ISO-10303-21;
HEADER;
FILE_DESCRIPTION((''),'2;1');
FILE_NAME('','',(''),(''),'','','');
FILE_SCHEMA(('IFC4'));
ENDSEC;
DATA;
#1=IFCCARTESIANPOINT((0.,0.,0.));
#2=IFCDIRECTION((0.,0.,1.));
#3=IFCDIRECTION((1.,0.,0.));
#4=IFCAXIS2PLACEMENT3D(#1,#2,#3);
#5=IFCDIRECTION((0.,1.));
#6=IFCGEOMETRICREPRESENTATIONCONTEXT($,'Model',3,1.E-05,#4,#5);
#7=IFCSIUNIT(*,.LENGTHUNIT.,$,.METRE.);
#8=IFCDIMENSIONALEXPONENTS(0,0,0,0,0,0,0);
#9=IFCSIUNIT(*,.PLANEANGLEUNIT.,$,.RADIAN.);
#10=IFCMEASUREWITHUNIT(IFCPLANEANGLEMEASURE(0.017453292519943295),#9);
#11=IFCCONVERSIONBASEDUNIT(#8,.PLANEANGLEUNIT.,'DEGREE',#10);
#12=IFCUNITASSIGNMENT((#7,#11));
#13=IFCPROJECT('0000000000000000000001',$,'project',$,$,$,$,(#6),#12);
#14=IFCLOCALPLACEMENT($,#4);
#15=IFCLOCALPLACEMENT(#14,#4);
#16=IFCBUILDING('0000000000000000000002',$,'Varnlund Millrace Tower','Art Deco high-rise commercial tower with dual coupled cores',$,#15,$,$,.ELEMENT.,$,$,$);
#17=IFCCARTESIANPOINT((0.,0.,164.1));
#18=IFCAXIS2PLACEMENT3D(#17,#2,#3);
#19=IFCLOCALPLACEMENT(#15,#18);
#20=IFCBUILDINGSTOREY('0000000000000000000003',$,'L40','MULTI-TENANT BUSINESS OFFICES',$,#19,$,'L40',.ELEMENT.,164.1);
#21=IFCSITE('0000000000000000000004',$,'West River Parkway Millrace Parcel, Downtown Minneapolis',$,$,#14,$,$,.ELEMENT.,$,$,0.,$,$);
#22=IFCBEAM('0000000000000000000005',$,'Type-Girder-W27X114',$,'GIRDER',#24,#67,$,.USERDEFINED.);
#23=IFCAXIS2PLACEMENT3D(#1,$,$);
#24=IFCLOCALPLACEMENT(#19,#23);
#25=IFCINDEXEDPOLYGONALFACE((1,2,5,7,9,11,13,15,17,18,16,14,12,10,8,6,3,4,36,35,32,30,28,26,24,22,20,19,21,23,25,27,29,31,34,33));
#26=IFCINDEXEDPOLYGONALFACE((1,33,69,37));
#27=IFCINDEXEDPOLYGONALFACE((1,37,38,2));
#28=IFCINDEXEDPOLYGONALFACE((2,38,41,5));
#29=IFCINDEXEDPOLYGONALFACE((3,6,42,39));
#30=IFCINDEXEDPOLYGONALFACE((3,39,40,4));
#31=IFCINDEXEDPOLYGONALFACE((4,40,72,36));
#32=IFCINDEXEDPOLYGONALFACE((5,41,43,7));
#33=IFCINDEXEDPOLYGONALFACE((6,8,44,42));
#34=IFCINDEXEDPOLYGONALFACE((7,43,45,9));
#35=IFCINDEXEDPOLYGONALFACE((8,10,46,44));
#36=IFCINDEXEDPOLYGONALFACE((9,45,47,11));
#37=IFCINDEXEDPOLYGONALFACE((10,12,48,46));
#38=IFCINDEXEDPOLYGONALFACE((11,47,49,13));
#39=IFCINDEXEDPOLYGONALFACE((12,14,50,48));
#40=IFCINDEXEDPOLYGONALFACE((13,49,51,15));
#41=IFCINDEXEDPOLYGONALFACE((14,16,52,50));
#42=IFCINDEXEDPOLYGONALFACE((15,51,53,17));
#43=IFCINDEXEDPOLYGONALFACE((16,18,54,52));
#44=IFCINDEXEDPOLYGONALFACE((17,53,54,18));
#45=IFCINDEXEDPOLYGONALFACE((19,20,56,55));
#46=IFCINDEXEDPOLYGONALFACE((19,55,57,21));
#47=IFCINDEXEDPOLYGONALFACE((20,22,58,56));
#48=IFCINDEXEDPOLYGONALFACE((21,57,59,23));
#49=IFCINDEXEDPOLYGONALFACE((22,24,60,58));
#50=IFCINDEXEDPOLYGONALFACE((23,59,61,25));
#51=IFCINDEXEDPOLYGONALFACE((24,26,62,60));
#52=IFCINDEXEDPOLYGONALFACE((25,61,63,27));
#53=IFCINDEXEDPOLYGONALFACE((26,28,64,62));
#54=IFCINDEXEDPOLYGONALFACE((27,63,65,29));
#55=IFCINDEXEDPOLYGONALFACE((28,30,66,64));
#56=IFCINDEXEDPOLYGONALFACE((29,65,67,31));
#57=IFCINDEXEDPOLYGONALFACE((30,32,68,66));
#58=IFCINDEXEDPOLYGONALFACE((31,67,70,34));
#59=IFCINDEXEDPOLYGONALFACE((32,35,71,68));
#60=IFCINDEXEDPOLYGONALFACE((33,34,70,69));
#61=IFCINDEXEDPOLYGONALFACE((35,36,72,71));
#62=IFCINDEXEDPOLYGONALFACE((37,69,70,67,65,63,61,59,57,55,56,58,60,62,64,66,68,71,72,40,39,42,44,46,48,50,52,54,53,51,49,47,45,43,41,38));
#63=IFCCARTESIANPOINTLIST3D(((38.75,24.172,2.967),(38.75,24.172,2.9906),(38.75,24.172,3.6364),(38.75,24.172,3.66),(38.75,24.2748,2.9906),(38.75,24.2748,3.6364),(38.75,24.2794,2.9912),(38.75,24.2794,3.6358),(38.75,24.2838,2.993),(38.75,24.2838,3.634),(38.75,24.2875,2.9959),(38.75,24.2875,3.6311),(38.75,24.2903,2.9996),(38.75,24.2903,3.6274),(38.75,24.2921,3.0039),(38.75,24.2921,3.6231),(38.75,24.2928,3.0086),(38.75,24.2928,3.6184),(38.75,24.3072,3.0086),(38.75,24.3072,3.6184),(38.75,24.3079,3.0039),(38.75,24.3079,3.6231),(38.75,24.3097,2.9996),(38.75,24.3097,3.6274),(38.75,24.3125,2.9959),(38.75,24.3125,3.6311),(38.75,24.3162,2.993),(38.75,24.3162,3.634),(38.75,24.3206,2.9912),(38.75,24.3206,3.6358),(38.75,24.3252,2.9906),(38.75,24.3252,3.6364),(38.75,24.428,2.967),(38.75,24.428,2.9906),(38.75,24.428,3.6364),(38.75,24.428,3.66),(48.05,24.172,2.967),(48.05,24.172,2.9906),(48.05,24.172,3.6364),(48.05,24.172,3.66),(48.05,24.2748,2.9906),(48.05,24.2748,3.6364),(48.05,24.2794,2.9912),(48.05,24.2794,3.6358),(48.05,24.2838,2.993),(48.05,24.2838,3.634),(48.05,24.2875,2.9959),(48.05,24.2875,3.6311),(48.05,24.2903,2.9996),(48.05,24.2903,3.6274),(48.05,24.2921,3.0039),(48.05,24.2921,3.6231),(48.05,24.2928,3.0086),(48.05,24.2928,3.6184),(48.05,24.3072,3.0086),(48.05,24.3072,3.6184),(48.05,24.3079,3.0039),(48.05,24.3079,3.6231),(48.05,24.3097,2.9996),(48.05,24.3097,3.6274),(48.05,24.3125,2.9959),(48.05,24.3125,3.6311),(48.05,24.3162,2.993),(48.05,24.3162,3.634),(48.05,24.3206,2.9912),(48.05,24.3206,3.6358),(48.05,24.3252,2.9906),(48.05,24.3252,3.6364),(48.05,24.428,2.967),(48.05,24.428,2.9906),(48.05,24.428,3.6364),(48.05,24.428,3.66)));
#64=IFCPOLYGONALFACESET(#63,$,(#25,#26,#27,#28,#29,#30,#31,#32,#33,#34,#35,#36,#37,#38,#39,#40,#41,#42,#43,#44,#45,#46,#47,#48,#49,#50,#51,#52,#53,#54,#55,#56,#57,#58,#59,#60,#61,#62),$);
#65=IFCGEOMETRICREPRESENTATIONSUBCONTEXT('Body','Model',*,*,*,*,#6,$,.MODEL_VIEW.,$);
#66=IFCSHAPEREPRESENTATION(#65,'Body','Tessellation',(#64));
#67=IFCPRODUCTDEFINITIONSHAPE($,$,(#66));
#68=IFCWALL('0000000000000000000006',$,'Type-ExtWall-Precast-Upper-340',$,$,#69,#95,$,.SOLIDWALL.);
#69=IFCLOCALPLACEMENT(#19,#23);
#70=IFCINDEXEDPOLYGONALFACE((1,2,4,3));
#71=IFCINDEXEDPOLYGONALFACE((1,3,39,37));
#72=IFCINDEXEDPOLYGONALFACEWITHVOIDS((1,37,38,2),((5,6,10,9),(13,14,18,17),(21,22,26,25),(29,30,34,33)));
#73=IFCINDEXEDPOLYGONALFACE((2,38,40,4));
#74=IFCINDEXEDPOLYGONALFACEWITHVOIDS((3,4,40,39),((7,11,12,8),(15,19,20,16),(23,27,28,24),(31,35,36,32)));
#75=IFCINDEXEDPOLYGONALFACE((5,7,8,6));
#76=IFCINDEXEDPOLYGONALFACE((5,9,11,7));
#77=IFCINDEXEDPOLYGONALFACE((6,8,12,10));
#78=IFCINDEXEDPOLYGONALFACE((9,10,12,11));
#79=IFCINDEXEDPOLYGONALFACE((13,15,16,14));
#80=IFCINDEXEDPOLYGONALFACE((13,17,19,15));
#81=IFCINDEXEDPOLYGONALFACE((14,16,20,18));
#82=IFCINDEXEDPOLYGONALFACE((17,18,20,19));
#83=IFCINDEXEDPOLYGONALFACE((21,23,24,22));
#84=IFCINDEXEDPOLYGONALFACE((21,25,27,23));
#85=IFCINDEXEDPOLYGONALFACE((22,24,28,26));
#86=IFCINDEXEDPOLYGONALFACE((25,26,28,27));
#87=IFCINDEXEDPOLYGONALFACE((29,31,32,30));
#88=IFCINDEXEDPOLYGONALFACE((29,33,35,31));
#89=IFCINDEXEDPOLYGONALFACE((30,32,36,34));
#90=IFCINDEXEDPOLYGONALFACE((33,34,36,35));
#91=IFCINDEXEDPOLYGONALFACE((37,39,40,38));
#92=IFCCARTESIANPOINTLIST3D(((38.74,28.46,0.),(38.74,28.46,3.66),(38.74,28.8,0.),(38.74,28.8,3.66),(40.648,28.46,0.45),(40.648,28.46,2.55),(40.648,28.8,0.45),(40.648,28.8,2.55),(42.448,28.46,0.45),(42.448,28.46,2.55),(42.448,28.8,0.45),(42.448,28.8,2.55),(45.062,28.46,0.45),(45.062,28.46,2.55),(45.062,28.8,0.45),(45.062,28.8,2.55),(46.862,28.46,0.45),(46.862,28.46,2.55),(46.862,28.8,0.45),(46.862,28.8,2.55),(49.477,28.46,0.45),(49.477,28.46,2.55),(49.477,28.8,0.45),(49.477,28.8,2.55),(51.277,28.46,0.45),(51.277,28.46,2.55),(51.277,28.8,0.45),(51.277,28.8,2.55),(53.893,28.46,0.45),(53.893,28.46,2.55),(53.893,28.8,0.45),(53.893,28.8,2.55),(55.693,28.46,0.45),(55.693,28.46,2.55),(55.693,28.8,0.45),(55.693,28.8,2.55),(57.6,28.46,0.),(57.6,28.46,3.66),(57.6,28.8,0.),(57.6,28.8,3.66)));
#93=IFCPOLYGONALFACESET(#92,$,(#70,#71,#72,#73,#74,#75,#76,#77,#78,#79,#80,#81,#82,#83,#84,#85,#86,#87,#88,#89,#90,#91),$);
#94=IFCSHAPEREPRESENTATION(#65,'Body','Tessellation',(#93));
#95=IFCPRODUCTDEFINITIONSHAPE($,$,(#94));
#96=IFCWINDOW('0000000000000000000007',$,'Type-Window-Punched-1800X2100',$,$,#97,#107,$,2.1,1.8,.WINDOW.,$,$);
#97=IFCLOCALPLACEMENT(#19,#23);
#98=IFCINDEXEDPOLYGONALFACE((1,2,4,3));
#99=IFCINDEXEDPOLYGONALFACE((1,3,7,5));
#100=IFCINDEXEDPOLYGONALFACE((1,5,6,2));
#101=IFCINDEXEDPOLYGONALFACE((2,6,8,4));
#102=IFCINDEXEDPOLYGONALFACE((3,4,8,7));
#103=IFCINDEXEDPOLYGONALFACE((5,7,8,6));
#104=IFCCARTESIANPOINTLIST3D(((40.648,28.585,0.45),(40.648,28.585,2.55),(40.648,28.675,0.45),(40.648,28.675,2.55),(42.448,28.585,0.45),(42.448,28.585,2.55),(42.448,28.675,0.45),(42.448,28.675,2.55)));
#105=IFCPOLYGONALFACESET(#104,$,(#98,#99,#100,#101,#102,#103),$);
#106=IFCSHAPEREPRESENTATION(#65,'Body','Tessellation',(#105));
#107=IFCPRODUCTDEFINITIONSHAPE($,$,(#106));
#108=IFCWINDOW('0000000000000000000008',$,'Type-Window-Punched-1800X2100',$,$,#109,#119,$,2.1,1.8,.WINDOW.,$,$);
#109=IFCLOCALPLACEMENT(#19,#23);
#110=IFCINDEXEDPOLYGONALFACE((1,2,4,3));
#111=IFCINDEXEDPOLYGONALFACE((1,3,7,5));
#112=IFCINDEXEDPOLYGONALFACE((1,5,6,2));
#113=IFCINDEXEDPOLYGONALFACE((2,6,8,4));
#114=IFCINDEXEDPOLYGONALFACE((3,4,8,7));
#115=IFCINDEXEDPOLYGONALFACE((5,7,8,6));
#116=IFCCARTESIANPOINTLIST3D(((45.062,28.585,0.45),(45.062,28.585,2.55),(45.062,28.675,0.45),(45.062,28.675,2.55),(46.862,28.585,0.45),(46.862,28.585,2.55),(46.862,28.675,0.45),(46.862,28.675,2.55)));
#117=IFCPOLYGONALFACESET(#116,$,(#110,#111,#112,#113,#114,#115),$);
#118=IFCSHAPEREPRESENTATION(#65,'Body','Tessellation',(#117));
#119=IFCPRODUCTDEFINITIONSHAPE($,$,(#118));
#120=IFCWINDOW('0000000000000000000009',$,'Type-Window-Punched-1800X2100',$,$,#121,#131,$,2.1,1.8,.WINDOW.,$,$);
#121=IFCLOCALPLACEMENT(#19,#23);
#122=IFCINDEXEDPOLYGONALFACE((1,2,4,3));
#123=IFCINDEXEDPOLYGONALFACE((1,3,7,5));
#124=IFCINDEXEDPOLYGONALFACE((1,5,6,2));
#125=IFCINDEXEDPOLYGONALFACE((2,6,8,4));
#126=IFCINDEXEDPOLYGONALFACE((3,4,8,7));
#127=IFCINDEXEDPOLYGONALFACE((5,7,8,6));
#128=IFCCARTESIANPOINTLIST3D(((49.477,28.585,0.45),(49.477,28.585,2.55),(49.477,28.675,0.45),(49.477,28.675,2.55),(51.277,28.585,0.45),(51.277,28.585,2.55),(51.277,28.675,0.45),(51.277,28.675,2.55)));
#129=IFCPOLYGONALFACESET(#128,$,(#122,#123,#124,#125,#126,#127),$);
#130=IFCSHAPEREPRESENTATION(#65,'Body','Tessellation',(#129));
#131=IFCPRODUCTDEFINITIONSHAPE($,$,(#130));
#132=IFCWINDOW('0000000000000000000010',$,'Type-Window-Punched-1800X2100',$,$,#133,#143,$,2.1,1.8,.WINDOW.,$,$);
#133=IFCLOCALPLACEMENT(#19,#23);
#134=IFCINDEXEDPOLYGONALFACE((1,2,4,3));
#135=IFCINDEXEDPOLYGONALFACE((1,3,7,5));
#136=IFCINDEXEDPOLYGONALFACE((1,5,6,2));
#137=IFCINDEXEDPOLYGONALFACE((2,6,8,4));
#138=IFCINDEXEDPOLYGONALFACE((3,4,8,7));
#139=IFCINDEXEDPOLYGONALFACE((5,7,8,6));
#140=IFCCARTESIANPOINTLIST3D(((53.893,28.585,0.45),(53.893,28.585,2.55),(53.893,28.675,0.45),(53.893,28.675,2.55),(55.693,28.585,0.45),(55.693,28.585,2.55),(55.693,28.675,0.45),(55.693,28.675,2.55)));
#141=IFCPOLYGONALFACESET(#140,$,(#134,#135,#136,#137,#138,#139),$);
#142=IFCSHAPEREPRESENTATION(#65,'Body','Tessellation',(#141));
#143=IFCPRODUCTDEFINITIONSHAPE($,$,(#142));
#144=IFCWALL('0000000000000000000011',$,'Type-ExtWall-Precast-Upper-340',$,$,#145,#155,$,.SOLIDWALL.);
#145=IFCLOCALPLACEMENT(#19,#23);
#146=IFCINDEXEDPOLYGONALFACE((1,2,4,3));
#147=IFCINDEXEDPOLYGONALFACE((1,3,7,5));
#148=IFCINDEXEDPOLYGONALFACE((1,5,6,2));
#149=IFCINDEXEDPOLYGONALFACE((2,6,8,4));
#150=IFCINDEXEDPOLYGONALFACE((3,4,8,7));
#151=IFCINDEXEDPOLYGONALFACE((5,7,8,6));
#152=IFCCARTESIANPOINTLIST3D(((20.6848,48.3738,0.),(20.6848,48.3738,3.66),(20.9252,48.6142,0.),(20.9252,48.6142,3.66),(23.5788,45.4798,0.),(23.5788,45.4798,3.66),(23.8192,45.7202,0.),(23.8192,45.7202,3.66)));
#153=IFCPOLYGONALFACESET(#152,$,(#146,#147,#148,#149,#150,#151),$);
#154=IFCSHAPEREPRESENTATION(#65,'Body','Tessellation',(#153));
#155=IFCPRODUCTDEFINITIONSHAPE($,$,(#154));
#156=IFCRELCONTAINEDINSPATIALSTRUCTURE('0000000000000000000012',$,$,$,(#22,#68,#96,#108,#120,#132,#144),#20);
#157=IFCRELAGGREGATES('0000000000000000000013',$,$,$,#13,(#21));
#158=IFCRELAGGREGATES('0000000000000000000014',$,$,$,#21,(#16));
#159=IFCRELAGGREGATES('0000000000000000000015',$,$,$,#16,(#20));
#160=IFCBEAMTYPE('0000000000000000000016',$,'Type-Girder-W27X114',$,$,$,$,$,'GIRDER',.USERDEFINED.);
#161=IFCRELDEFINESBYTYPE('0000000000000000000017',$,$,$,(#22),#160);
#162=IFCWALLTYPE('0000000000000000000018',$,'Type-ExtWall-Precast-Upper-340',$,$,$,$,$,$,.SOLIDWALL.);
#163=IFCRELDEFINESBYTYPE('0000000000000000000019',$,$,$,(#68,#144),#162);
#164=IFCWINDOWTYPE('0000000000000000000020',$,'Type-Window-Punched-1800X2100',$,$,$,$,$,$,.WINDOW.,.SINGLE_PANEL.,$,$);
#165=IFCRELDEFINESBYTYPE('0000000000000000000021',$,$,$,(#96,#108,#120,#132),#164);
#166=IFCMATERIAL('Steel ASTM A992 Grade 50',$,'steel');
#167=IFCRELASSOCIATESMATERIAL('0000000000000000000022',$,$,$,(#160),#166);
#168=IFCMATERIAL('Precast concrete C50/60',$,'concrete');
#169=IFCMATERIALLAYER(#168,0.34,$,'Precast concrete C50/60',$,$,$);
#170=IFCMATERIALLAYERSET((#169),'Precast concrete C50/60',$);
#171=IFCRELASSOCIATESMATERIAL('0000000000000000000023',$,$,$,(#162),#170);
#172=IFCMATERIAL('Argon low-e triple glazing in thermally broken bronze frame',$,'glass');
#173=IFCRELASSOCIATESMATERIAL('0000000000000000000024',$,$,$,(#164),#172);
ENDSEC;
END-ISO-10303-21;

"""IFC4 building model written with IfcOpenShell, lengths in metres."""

from ifc_helpers import new_model, entity, si_unit, converted_unit, direction, frame, origin_with_axes, origin_2d_with_axis, place, context, subcontext, project, spatial, polyline, rectangle, i_section, outline, extrude, material, layer, layer_set, material_profile, profile_set, type_object, element, fill, save


model = new_model("IFC4")

# Units and contexts
model_context = context("Model", 3, precision=1e-05, world=origin_with_axes(), true_north=direction((0.0, 1.0)))
body_context = subcontext(model_context, "Body", "Model", "MODEL_VIEW")
ifc_project = project(units=[si_unit("LENGTHUNIT", "METRE"), converted_unit("PLANEANGLEUNIT", "DEGREE", entity("IfcPlaneAngleMeasure", 0.017453292519943295), si_unit("PLANEANGLEUNIT", "RADIAN"), dimensions=[0, 0, 0, 0, 0, 0, 0])], contexts=[model_context])

# Site, building, storey
site_placement = place(None, origin_with_axes())
site = spatial("IfcSite", under=ifc_project, at=site_placement, Name="West River Parkway Millrace Parcel, Downtown Minneapolis", CompositionType="ELEMENT", RefElevation=0.0)
building_placement = place(site_placement, origin_with_axes())
building = spatial("IfcBuilding", under=site, at=building_placement, Name="Varnlund Millrace Tower", Description="Art Deco high-rise commercial tower with dual coupled cores", CompositionType="ELEMENT")
storey_placement = place(building_placement, frame((0.0, 0.0, 164.1), z_axis=(0.0, 0.0, 1.0), x_axis=(1.0, 0.0, 0.0)))
storey = spatial("IfcBuildingStorey", under=building, at=storey_placement, Name="L40", Description="MULTI-TENANT BUSINESS OFFICES", LongName="L40", CompositionType="ELEMENT", Elevation=164.1)

# Beam
ifc_material_1 = material(Name="Steel ASTM A992 Grade 50", Category="steel")
ifc_material_profile_1 = material_profile(ifc_material_1, i_section(OverallWidth=0.256, OverallDepth=0.693, WebThickness=0.0145, FlangeThickness=0.0236, FilletRadius=0.018, at=origin_2d_with_axis()), Name="Steel ASTM A992 Grade 50")
ifc_profile_set_1 = profile_set([ifc_material_profile_1], Name="Steel ASTM A992 Grade 50")
beam_type_1 = type_object("IfcBeamType", Name="Type-Girder-W27X114", ElementType="GIRDER", PredefinedType="USERDEFINED", material=ifc_profile_set_1)
beam_1_placement = place(storey_placement, frame((38.75, 24.3, 3.3135), z_axis=(1.0, 0.0, 0.0), x_axis=(0.0, 1.0, 0.0)))
element("IfcBeam", 1, at=beam_1_placement, inside=storey, type_object=beam_type_1, Name="Type-Girder-W27X114", ObjectType="GIRDER", PredefinedType="USERDEFINED", context=body_context, shape_type="SweptSolid", body=[
    extrude(i_section(OverallWidth=0.256, OverallDepth=0.693, WebThickness=0.0145, FlangeThickness=0.0236, FilletRadius=0.018, at=origin_2d_with_axis()), origin_with_axes(), (0.0, 0.0, 1.0), 9.3),
])

# Wall, openings, windows
ifc_material_2 = material(Name="Precast concrete C50/60", Category="concrete")
ifc_layer_1 = layer(ifc_material_2, 0.34, Name="Precast concrete C50/60")
ifc_layer_set_1 = layer_set([ifc_layer_1], Name="Precast concrete C50/60")
wall_type_1 = type_object("IfcWallType", Name="Type-ExtWall-Precast-Upper-340", PredefinedType="SOLIDWALL", material=ifc_layer_set_1)
wall_1_placement = place(storey_placement, frame((38.74, 28.63, 0.0), z_axis=(0.0, 0.0, 1.0), x_axis=(1.0, 0.0, 0.0)))
wall_1 = element("IfcWall", 2, at=wall_1_placement, inside=storey, type_object=wall_type_1, Name="Type-ExtWall-Precast-Upper-340", PredefinedType="SOLIDWALL", context=body_context, shape_type="SweptSolid", body=[
    extrude(outline(polyline([(0.0, -0.17), (18.86, -0.17), (18.86, 0.17), (0.0, 0.17), (0.0, -0.17)])), origin_with_axes(), (0.0, 0.0, 1.0), 3.66),
])
opening_1_placement = place(wall_1_placement, frame((2.808, 0.0, 0.45), z_axis=(0.0, 0.0, 1.0), x_axis=(1.0, 0.0, 0.0)))
opening_1 = element("IfcOpeningElement", 3, at=opening_1_placement, cuts=wall_1, PredefinedType="OPENING", context=body_context, shape_type="SweptSolid", body=[
    extrude(rectangle(XDim=1.8, YDim=0.36, at=origin_2d_with_axis()), origin_with_axes(), (0.0, 0.0, 1.0), 2.1),
])
opening_2_placement = place(wall_1_placement, frame((7.222, 0.0, 0.45), z_axis=(0.0, 0.0, 1.0), x_axis=(1.0, 0.0, 0.0)))
opening_2 = element("IfcOpeningElement", 4, at=opening_2_placement, cuts=wall_1, PredefinedType="OPENING", context=body_context, shape_type="SweptSolid", body=[
    extrude(rectangle(XDim=1.8, YDim=0.36, at=origin_2d_with_axis()), origin_with_axes(), (0.0, 0.0, 1.0), 2.1),
])
opening_3_placement = place(wall_1_placement, frame((11.637, 0.0, 0.45), z_axis=(0.0, 0.0, 1.0), x_axis=(1.0, 0.0, 0.0)))
opening_3 = element("IfcOpeningElement", 5, at=opening_3_placement, cuts=wall_1, PredefinedType="OPENING", context=body_context, shape_type="SweptSolid", body=[
    extrude(rectangle(XDim=1.8, YDim=0.36, at=origin_2d_with_axis()), origin_with_axes(), (0.0, 0.0, 1.0), 2.1),
])
opening_4_placement = place(wall_1_placement, frame((16.053, 0.0, 0.45), z_axis=(0.0, 0.0, 1.0), x_axis=(1.0, 0.0, 0.0)))
opening_4 = element("IfcOpeningElement", 6, at=opening_4_placement, cuts=wall_1, PredefinedType="OPENING", context=body_context, shape_type="SweptSolid", body=[
    extrude(rectangle(XDim=1.8, YDim=0.36, at=origin_2d_with_axis()), origin_with_axes(), (0.0, 0.0, 1.0), 2.1),
])
ifc_material_3 = material(Name="Argon low-e triple glazing in thermally broken bronze frame", Category="glass")
window_type_1 = type_object("IfcWindowType", Name="Type-Window-Punched-1800X2100", PartitioningType="SINGLE_PANEL", PredefinedType="WINDOW", material=ifc_material_3)
window_1_placement = place(wall_1_placement, frame((2.808, 0.0, 0.45), z_axis=(0.0, 0.0, 1.0), x_axis=(1.0, 0.0, 0.0)))
window_1 = element("IfcWindow", 7, at=window_1_placement, inside=storey, type_object=window_type_1, Name="Type-Window-Punched-1800X2100", OverallHeight=2.1, OverallWidth=1.8, PredefinedType="WINDOW", context=body_context, shape_type="SweptSolid", body=[
    extrude(rectangle(XDim=1.8, YDim=0.09, at=origin_2d_with_axis()), origin_with_axes(), (0.0, 0.0, 1.0), 2.1),
])
fill(opening_1, window_1)
window_2_placement = place(wall_1_placement, frame((7.222, 0.0, 0.45), z_axis=(0.0, 0.0, 1.0), x_axis=(1.0, 0.0, 0.0)))
window_2 = element("IfcWindow", 8, at=window_2_placement, inside=storey, type_object=window_type_1, Name="Type-Window-Punched-1800X2100", OverallHeight=2.1, OverallWidth=1.8, PredefinedType="WINDOW", context=body_context, shape_type="SweptSolid", body=[
    extrude(rectangle(XDim=1.8, YDim=0.09, at=origin_2d_with_axis()), origin_with_axes(), (0.0, 0.0, 1.0), 2.1),
])
fill(opening_2, window_2)
window_3_placement = place(wall_1_placement, frame((11.637, 0.0, 0.45), z_axis=(0.0, 0.0, 1.0), x_axis=(1.0, 0.0, 0.0)))
window_3 = element("IfcWindow", 9, at=window_3_placement, inside=storey, type_object=window_type_1, Name="Type-Window-Punched-1800X2100", OverallHeight=2.1, OverallWidth=1.8, PredefinedType="WINDOW", context=body_context, shape_type="SweptSolid", body=[
    extrude(rectangle(XDim=1.8, YDim=0.09, at=origin_2d_with_axis()), origin_with_axes(), (0.0, 0.0, 1.0), 2.1),
])
fill(opening_3, window_3)
window_4_placement = place(wall_1_placement, frame((16.053, 0.0, 0.45), z_axis=(0.0, 0.0, 1.0), x_axis=(1.0, 0.0, 0.0)))
window_4 = element("IfcWindow", 10, at=window_4_placement, inside=storey, type_object=window_type_1, Name="Type-Window-Punched-1800X2100", OverallHeight=2.1, OverallWidth=1.8, PredefinedType="WINDOW", context=body_context, shape_type="SweptSolid", body=[
    extrude(rectangle(XDim=1.8, YDim=0.09, at=origin_2d_with_axis()), origin_with_axes(), (0.0, 0.0, 1.0), 2.1),
])
fill(opening_4, window_4)

# Wall
wall_2_placement = place(storey_placement, frame((20.805, 48.494, 0.0), z_axis=(0.0, 0.0, 1.0), x_axis=(0.707107, -0.707107, 0.0)))
element("IfcWall", 11, at=wall_2_placement, inside=storey, type_object=wall_type_1, Name="Type-ExtWall-Precast-Upper-340", PredefinedType="SOLIDWALL", context=body_context, shape_type="SweptSolid", body=[
    extrude(outline(polyline([(0.0, -0.17), (4.0927, -0.17), (4.0927, 0.17), (0.0, 0.17), (0.0, -0.17)])), origin_with_axes(), (0.0, 0.0, 1.0), 3.66),
])

save(model, "model.ifc")
